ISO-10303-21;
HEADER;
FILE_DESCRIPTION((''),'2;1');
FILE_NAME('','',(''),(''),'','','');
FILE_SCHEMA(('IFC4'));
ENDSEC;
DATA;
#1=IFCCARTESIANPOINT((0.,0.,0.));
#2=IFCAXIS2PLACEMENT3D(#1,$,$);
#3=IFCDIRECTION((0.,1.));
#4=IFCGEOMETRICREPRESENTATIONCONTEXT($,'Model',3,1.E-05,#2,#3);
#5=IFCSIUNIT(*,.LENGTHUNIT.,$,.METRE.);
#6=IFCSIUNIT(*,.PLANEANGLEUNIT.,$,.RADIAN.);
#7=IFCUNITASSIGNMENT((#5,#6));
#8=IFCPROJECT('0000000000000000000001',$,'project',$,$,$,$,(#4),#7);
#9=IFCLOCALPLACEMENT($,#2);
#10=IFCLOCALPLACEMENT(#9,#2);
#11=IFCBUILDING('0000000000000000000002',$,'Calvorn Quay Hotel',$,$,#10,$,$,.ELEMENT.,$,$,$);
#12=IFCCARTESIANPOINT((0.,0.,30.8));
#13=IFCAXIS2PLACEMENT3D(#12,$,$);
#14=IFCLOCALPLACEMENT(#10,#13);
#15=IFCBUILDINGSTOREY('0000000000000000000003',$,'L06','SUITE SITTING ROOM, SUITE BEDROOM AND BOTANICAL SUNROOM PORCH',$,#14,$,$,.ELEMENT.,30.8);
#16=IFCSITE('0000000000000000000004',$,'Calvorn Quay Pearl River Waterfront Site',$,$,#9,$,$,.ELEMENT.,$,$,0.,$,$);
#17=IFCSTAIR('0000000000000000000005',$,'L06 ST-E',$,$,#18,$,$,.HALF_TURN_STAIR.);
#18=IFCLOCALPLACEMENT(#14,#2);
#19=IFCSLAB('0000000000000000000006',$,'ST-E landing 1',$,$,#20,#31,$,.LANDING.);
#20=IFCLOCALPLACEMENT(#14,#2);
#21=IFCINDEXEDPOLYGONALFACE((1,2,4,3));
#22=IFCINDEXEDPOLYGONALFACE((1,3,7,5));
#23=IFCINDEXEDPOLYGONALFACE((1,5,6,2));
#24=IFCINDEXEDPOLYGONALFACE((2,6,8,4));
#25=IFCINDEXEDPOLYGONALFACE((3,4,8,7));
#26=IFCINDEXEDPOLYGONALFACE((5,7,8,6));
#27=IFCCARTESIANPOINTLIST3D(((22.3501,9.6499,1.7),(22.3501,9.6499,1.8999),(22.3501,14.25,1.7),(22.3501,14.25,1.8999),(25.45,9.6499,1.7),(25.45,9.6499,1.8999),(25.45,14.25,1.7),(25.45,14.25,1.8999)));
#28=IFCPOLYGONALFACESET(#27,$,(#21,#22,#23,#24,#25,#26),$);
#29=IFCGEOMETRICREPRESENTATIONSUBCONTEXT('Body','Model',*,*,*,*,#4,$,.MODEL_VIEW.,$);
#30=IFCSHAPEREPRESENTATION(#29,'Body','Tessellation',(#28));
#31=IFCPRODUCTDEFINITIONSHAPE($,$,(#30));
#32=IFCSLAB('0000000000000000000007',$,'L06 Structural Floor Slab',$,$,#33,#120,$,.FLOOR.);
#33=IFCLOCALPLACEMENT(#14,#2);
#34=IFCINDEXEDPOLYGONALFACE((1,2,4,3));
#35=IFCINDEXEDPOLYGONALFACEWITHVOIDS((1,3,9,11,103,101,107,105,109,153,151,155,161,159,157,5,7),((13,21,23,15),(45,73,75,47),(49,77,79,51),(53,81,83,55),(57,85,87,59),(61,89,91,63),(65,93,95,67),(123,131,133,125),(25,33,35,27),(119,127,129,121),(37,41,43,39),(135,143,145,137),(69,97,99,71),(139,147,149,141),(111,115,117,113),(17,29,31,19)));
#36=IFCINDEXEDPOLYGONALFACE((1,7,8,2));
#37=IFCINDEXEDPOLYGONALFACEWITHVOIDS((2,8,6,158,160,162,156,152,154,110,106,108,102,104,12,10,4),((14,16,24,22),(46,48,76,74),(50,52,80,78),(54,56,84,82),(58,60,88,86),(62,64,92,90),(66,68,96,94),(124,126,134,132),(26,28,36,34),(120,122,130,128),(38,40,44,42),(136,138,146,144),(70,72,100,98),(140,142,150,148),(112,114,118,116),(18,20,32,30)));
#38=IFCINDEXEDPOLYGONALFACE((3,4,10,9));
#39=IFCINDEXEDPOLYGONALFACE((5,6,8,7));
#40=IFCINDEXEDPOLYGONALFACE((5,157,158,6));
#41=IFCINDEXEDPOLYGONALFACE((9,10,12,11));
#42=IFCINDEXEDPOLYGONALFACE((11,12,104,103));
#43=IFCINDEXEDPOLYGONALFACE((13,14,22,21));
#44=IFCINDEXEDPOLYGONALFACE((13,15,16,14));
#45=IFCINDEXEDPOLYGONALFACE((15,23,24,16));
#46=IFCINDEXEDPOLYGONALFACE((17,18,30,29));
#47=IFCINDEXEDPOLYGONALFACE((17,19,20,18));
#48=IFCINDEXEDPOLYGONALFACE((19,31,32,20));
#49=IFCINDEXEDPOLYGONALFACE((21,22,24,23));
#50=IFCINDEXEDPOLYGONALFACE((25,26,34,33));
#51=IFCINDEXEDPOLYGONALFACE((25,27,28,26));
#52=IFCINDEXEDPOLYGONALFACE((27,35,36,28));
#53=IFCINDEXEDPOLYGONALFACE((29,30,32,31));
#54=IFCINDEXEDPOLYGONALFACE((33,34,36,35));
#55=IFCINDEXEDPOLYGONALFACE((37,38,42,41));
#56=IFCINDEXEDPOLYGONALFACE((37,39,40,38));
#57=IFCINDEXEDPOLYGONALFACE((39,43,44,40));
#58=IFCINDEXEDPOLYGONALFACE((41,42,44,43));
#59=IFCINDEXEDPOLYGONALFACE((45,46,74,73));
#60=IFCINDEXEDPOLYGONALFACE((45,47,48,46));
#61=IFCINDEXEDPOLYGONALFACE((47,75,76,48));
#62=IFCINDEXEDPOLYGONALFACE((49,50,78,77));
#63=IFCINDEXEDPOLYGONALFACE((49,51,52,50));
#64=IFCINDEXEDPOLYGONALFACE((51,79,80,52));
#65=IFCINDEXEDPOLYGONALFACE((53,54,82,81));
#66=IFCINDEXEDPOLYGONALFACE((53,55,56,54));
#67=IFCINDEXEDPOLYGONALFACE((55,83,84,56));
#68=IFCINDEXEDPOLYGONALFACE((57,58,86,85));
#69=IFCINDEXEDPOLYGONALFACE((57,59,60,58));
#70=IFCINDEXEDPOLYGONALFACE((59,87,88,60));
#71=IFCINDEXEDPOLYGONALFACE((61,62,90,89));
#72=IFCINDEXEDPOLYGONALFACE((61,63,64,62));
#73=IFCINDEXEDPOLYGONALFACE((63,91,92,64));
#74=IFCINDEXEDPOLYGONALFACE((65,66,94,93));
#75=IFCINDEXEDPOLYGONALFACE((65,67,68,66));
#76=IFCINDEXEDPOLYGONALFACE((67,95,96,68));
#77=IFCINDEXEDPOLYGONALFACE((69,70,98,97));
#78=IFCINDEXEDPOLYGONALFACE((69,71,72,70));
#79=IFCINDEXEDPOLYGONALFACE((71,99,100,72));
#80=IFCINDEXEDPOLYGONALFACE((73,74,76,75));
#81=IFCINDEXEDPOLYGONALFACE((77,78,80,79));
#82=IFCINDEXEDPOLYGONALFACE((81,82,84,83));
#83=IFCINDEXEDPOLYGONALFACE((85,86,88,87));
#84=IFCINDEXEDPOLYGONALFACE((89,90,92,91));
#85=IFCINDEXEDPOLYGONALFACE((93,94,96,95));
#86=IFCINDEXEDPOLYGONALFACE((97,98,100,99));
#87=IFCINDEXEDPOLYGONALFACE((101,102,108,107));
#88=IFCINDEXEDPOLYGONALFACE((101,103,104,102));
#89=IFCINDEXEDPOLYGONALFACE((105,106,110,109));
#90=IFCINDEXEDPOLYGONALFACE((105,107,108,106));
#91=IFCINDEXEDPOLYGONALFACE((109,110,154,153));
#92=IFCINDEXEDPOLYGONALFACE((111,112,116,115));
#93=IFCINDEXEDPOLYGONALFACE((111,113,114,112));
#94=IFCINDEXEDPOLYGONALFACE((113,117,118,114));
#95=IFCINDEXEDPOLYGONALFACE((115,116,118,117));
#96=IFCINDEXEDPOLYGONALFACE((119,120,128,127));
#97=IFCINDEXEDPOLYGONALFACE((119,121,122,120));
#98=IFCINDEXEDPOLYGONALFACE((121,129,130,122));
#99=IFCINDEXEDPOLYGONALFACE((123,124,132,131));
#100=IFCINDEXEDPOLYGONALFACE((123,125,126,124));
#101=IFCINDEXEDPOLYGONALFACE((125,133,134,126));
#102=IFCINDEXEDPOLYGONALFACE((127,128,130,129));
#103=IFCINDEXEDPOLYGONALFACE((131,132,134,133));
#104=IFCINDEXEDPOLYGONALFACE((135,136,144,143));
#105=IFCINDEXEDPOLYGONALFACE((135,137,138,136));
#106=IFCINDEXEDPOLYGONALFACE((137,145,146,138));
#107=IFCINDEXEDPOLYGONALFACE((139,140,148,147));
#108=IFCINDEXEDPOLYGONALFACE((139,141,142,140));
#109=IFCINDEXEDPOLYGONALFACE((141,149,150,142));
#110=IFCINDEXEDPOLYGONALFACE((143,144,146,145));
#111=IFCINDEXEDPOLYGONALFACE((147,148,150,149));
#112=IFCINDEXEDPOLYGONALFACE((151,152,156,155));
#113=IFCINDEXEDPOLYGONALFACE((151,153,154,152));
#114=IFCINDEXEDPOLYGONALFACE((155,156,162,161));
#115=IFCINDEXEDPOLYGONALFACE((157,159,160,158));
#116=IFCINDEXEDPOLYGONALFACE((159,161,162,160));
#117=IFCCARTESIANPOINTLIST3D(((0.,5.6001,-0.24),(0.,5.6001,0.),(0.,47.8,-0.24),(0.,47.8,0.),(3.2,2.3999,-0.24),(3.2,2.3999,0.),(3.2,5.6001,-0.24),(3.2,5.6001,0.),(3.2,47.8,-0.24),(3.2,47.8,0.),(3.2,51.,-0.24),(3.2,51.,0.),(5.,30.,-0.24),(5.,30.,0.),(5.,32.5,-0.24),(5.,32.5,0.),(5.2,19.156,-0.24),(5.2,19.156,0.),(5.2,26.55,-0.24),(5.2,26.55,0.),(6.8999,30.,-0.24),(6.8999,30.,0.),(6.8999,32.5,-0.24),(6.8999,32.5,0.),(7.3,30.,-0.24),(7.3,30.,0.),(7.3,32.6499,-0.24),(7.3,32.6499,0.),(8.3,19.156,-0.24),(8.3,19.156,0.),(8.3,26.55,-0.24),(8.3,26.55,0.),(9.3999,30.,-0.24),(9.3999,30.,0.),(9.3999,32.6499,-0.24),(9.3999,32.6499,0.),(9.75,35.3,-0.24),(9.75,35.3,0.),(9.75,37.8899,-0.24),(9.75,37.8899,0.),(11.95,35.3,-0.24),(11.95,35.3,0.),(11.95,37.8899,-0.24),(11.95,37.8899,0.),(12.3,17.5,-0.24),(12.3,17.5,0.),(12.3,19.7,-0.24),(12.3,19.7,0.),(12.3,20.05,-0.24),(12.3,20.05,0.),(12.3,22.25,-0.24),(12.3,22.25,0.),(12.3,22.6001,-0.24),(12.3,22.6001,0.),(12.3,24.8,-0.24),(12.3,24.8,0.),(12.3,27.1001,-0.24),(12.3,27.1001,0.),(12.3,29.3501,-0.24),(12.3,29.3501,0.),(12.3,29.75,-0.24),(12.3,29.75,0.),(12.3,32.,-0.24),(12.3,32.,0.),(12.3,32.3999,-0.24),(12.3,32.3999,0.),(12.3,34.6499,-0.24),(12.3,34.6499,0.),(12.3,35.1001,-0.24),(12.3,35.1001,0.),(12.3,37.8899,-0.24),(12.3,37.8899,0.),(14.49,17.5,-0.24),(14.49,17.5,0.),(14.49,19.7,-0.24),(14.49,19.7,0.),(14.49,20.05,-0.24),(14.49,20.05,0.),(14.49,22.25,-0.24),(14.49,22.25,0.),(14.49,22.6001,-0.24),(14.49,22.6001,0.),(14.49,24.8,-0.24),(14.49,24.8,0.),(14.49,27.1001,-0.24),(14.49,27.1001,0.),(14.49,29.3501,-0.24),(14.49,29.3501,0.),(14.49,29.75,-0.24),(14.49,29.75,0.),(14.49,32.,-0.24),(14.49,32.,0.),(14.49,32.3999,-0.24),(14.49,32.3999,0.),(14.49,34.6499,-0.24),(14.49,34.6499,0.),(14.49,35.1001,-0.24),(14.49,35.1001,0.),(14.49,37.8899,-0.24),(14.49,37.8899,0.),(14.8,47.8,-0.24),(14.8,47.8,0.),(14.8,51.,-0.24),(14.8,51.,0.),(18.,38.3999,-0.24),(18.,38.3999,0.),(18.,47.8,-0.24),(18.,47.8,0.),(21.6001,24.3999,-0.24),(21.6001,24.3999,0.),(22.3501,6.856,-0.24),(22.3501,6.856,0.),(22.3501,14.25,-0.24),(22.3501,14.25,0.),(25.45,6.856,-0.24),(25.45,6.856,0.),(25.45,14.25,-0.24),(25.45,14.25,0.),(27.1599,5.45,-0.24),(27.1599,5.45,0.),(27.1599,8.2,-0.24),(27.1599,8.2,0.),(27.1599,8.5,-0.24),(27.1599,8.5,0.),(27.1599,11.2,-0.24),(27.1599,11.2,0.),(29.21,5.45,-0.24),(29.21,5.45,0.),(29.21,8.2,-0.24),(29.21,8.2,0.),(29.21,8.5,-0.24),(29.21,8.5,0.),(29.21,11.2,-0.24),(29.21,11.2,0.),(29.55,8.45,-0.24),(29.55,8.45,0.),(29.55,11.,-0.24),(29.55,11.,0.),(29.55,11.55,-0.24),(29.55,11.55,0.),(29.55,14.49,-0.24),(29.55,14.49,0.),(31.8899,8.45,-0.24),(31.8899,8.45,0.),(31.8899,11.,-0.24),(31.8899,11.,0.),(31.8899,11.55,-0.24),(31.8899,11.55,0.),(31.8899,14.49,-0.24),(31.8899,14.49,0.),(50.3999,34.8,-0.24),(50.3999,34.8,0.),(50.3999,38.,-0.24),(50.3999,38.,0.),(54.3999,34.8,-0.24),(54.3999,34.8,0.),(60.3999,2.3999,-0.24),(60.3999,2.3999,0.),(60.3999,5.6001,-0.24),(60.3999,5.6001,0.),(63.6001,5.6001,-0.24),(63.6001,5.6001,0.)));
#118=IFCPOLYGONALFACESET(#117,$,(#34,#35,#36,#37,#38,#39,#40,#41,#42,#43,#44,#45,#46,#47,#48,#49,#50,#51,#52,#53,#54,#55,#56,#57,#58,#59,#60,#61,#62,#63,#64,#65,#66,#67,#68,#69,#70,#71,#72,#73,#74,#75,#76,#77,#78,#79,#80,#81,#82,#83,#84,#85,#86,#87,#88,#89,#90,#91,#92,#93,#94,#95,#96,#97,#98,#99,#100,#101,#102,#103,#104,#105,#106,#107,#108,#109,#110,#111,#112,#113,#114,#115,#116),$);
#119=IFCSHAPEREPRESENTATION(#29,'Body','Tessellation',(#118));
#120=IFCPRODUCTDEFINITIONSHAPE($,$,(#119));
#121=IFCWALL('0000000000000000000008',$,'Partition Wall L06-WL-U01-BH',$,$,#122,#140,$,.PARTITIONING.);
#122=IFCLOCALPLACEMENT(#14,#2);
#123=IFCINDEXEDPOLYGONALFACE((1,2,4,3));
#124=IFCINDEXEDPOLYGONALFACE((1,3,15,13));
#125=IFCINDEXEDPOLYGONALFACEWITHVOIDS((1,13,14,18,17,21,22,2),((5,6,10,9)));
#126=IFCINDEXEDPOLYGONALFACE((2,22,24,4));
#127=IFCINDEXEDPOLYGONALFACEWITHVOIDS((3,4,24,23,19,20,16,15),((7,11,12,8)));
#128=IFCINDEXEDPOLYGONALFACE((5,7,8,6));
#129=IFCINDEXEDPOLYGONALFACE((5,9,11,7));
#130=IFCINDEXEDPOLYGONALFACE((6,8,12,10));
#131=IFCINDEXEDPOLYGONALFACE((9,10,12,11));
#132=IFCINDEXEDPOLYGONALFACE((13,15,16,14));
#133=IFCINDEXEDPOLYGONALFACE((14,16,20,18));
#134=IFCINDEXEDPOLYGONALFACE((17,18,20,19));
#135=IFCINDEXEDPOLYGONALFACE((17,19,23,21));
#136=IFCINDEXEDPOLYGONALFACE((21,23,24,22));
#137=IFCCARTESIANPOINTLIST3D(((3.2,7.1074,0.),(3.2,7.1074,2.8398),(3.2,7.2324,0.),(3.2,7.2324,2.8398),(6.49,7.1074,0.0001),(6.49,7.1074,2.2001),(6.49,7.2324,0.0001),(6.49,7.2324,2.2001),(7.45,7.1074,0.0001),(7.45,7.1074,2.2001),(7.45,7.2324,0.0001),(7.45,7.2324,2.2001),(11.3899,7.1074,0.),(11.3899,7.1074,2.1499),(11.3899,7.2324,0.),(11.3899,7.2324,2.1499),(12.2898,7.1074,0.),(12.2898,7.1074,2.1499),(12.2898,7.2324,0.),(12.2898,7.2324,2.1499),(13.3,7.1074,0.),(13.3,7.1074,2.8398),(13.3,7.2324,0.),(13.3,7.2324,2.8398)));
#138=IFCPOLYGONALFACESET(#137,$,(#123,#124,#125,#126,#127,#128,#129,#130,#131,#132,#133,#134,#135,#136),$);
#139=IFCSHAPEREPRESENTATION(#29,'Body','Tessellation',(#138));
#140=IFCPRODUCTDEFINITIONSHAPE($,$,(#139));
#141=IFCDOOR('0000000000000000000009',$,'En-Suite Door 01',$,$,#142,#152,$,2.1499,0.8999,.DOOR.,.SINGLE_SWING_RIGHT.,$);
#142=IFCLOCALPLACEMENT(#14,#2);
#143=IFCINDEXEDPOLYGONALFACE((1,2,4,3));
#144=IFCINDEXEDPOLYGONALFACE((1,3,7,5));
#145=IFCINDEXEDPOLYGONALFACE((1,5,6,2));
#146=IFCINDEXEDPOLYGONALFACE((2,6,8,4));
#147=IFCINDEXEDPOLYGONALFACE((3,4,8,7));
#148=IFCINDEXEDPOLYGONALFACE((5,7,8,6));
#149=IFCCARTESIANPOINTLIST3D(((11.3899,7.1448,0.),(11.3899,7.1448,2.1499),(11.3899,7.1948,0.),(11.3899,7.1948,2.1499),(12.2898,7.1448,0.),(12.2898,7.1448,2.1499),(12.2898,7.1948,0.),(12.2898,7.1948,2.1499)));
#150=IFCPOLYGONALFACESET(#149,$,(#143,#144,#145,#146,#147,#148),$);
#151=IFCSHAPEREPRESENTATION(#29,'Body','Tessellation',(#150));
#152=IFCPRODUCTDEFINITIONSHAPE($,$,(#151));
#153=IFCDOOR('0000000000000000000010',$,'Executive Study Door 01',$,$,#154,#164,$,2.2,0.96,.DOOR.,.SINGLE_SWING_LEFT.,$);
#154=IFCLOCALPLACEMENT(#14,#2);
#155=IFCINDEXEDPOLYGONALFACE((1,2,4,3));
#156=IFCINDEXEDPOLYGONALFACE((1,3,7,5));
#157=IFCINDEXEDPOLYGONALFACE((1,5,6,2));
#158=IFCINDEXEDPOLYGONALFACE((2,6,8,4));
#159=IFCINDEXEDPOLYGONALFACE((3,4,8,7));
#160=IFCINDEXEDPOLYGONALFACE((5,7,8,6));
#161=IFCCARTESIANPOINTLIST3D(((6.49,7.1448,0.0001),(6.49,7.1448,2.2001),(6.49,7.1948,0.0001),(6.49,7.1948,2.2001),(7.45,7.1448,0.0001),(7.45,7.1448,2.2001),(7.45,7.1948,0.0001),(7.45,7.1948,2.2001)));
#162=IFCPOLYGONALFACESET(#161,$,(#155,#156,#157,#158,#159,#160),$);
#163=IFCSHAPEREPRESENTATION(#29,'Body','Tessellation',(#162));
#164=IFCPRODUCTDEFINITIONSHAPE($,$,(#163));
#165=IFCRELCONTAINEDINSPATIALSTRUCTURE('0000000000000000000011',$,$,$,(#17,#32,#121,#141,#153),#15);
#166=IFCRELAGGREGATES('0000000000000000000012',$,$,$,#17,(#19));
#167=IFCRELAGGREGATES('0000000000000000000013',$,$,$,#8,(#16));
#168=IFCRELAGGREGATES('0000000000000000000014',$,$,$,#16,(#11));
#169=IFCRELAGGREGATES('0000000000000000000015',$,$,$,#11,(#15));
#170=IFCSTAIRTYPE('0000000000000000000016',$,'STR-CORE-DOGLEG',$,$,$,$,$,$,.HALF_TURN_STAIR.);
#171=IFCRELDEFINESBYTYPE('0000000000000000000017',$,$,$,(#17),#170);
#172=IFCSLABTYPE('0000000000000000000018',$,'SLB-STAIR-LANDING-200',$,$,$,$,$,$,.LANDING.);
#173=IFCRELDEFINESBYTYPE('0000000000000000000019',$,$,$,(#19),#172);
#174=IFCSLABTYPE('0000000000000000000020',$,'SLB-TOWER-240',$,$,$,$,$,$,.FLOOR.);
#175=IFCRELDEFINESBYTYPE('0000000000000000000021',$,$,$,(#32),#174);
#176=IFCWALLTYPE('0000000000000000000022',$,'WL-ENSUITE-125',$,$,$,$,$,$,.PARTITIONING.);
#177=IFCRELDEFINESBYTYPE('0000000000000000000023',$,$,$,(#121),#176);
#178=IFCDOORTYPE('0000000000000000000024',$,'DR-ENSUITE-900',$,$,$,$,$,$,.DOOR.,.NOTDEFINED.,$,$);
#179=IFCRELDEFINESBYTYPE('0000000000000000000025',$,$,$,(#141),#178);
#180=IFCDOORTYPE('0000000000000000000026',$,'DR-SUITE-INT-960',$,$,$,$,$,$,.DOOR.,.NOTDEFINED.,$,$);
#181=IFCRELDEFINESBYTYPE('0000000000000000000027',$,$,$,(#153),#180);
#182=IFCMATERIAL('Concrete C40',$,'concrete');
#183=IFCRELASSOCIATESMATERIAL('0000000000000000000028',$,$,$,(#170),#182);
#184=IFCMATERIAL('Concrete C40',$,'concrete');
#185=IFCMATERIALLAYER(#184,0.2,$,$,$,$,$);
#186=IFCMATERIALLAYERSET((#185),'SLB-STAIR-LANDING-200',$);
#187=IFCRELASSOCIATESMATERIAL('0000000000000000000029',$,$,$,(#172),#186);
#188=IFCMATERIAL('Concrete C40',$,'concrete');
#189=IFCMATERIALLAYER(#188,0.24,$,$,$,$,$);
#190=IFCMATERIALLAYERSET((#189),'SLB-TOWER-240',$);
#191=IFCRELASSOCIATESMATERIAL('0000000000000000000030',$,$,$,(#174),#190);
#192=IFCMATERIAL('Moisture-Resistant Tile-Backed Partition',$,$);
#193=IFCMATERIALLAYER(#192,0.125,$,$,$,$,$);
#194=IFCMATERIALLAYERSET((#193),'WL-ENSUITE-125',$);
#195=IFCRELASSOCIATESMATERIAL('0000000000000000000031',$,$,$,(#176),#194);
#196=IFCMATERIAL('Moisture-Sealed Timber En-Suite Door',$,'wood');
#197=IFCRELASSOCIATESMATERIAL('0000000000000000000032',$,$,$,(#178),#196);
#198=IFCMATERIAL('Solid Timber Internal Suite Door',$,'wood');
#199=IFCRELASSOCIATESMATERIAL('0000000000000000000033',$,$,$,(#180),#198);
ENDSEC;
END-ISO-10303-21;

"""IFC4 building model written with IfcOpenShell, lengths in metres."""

from ifc_helpers import new_model, si_unit, direction, frame, frame_2d, origin, place, context, subcontext, project, spatial, polyline, rectangle, outline, extrude, material, layer, layer_set, type_object, element, fill, aggregate, save


model = new_model("IFC4")

# Units and contexts
model_context = context("Model", 3, precision=1e-05, world=origin(), true_north=direction((0.0, 1.0)))
body_context = subcontext(model_context, "Body", "Model", "MODEL_VIEW")
ifc_project = project(units=[si_unit("LENGTHUNIT", "METRE"), si_unit("PLANEANGLEUNIT", "RADIAN")], contexts=[model_context])

# Site, building, storey
site_placement = place(None, origin())
site = spatial("IfcSite", under=ifc_project, at=site_placement, Name="Calvorn Quay Pearl River Waterfront Site", CompositionType="ELEMENT", RefElevation=0.0)
building_placement = place(site_placement, origin())
building = spatial("IfcBuilding", under=site, at=building_placement, Name="Calvorn Quay Hotel", CompositionType="ELEMENT")
storey_placement = place(building_placement, frame((0.0, 0.0, 30.8)))
storey = spatial("IfcBuildingStorey", under=building, at=storey_placement, Name="L06", Description="SUITE SITTING ROOM, SUITE BEDROOM AND BOTANICAL SUNROOM PORCH", CompositionType="ELEMENT", Elevation=30.8)

# Stair, slab
ifc_material_1 = material(Name="Concrete C40", Category="concrete")
stair_type = type_object("IfcStairType", Name="STR-CORE-DOGLEG", PredefinedType="HALF_TURN_STAIR", material=ifc_material_1)
ifc_material_2 = material(Name="Concrete C40", Category="concrete")
ifc_layer_1 = layer(ifc_material_2, 0.2)
ifc_layer_set_1 = layer_set([ifc_layer_1], Name="SLB-STAIR-LANDING-200")
slab_type_1 = type_object("IfcSlabType", Name="SLB-STAIR-LANDING-200", PredefinedType="LANDING", material=ifc_layer_set_1)
stair_1_placement = place(storey_placement, origin())
stair_1 = element("IfcStair", 1, at=stair_1_placement, inside=storey, type_object=stair_type, Name="L06 ST-E", PredefinedType="HALF_TURN_STAIR")
slab_1_placement = place(storey_placement, frame((0.0, 0.0, 1.7)))
slab_1 = element("IfcSlab", 2, at=slab_1_placement, type_object=slab_type_1, Name="ST-E landing 1", PredefinedType="LANDING", context=body_context, shape_type="SweptSolid", body=[
    extrude(outline(polyline([(25.45, 9.6499), (25.45, 14.25), (22.3501, 14.25), (22.3501, 9.6499), (25.45, 9.6499)])), origin(), (0.0, 0.0, 1.0), 0.2),
])
aggregate(stair_1, [slab_1])

# Slab
ifc_material_3 = material(Name="Concrete C40", Category="concrete")
ifc_layer_2 = layer(ifc_material_3, 0.24)
ifc_layer_set_2 = layer_set([ifc_layer_2], Name="SLB-TOWER-240")
slab_type_2 = type_object("IfcSlabType", Name="SLB-TOWER-240", PredefinedType="FLOOR", material=ifc_layer_set_2)
slab_2_placement = place(storey_placement, frame((0.0, 0.0, -0.24)))
element("IfcSlab", 3, at=slab_2_placement, inside=storey, type_object=slab_type_2, Name="L06 Structural Floor Slab", PredefinedType="FLOOR", context=body_context, shape_type="SweptSolid", body=[
    extrude(outline(polyline([(0.0, 5.6001), (3.2, 5.6001), (3.2, 2.3999), (60.3999, 2.3999), (60.3999, 5.6001), (63.6001, 5.6001), (54.3999, 34.8), (50.3999, 34.8), (50.3999, 38.0), (21.6001, 24.3999), (18.0, 38.3999), (18.0, 47.8), (14.8, 47.8), (14.8, 51.0), (3.2, 51.0), (3.2, 47.8), (0.0, 47.8), (0.0, 5.6001)]), holes=[polyline([(5.2, 19.156), (8.3, 19.156), (8.3, 26.55), (5.2, 26.55), (5.2, 19.156)]), polyline([(22.3501, 6.856), (25.45, 6.856), (25.45, 14.25), (22.3501, 14.25), (22.3501, 6.856)]), polyline([(5.0, 30.0), (6.8999, 30.0), (6.8999, 32.5), (5.0, 32.5), (5.0, 30.0)]), polyline([(7.3, 30.0), (9.3999, 30.0), (9.3999, 32.6499), (7.3, 32.6499), (7.3, 30.0)]), polyline([(27.1599, 8.5), (29.21, 8.5), (29.21, 11.2), (27.1599, 11.2), (27.1599, 8.5)]), polyline([(27.1599, 5.45), (29.21, 5.45), (29.21, 8.2), (27.1599, 8.2), (27.1599, 5.45)]), polyline([(12.3, 17.5), (14.49, 17.5), (14.49, 19.7), (12.3, 19.7), (12.3, 17.5)]), polyline([(12.3, 20.05), (14.49, 20.05), (14.49, 22.25), (12.3, 22.25), (12.3, 20.05)]), polyline([(12.3, 22.6001), (14.49, 22.6001), (14.49, 24.8), (12.3, 24.8), (12.3, 22.6001)]), polyline([(12.3, 27.1001), (14.49, 27.1001), (14.49, 29.3501), (12.3, 29.3501), (12.3, 27.1001)]), polyline([(12.3, 29.75), (14.49, 29.75), (14.49, 32.0), (12.3, 32.0), (12.3, 29.75)]), polyline([(12.3, 32.3999), (14.49, 32.3999), (14.49, 34.6499), (12.3, 34.6499), (12.3, 32.3999)]), polyline([(12.3, 35.1001), (14.49, 35.1001), (14.49, 37.8899), (12.3, 37.8899), (12.3, 35.1001)]), polyline([(9.75, 35.3), (11.95, 35.3), (11.95, 37.8899), (9.75, 37.8899), (9.75, 35.3)]), polyline([(29.55, 11.55), (31.8899, 11.55), (31.8899, 14.49), (29.55, 14.49), (29.55, 11.55)]), polyline([(29.55, 8.45), (31.8899, 8.45), (31.8899, 11.0), (29.55, 11.0), (29.55, 8.45)])]), origin(), (0.0, 0.0, 1.0), 0.24),
])

# Wall, openings, doors
ifc_material_4 = material(Name="Moisture-Resistant Tile-Backed Partition")
ifc_layer_3 = layer(ifc_material_4, 0.125)
ifc_layer_set_3 = layer_set([ifc_layer_3], Name="WL-ENSUITE-125")
wall_type_1 = type_object("IfcWallType", Name="WL-ENSUITE-125", PredefinedType="PARTITIONING", material=ifc_layer_set_3)
wall_1_placement = place(storey_placement, frame((3.2, 7.1699, 0.0), z_axis=(0.0, 0.0, 1.0), x_axis=(1.0, 0.0, 0.0)))
wall_1 = element("IfcWall", 4, at=wall_1_placement, inside=storey, type_object=wall_type_1, Name="Partition Wall L06-WL-U01-BH", PredefinedType="PARTITIONING", context=body_context, shape_type="SweptSolid", body=[
    extrude(rectangle(XDim=10.1001, YDim=0.125, at=frame_2d((5.05, 0.0))), origin(), (0.0, 0.0, 1.0), 2.8398),
])
opening_1_placement = place(wall_1_placement, frame((3.29, 0.0, 0.0)))
opening_1 = element("IfcOpeningElement", 5, at=opening_1_placement, cuts=wall_1, PredefinedType="OPENING", context=body_context, shape_type="SweptSolid", body=[
    extrude(rectangle(XDim=0.96, YDim=2.2, at=frame_2d((0.48, 1.1001))), frame((0.0, 0.0725, 0.0), z_axis=(0.0, -1.0, 0.0), x_axis=(1.0, 0.0, 0.0)), (0.0, 0.0, 1.0), 0.145),
])
opening_2_placement = place(wall_1_placement, frame((8.1899, 0.0, 0.0)))
opening_2 = element("IfcOpeningElement", 6, at=opening_2_placement, cuts=wall_1, PredefinedType="OPENING", context=body_context, shape_type="SweptSolid", body=[
    extrude(rectangle(XDim=0.8999, YDim=2.1499, at=frame_2d((0.45, 1.075))), frame((0.0, 0.0725, 0.0), z_axis=(0.0, -1.0, 0.0), x_axis=(1.0, 0.0, 0.0)), (0.0, 0.0, 1.0), 0.145),
])
ifc_material_5 = material(Name="Moisture-Sealed Timber En-Suite Door", Category="wood")
door_type_1 = type_object("IfcDoorType", Name="DR-ENSUITE-900", OperationType="NOTDEFINED", PredefinedType="DOOR", material=ifc_material_5)
door_1_placement = place(opening_2_placement, origin())
door_1 = element("IfcDoor", 7, at=door_1_placement, inside=storey, type_object=door_type_1, Name="En-Suite Door 01", OperationType="SINGLE_SWING_RIGHT", OverallHeight=2.1499, OverallWidth=0.8999, PredefinedType="DOOR", context=body_context, shape_type="SweptSolid", body=[
    extrude(rectangle(XDim=0.8999, YDim=2.1499, at=frame_2d((0.45, 1.075))), frame((0.0, 0.0249, 0.0), z_axis=(0.0, -1.0, 0.0), x_axis=(1.0, 0.0, 0.0)), (0.0, 0.0, 1.0), 0.05),
])
fill(opening_2, door_1)
ifc_material_6 = material(Name="Solid Timber Internal Suite Door", Category="wood")
door_type_2 = type_object("IfcDoorType", Name="DR-SUITE-INT-960", OperationType="NOTDEFINED", PredefinedType="DOOR", material=ifc_material_6)
door_2_placement = place(opening_1_placement, origin())
door_2 = element("IfcDoor", 8, at=door_2_placement, inside=storey, type_object=door_type_2, Name="Executive Study Door 01", OperationType="SINGLE_SWING_LEFT", OverallHeight=2.2, OverallWidth=0.96, PredefinedType="DOOR", context=body_context, shape_type="SweptSolid", body=[
    extrude(rectangle(XDim=0.96, YDim=2.2, at=frame_2d((0.48, 1.1001))), frame((0.0, 0.0249, 0.0), z_axis=(0.0, -1.0, 0.0), x_axis=(1.0, 0.0, 0.0)), (0.0, 0.0, 1.0), 0.05),
])
fill(opening_1, door_2)

save(model, "model.ifc")
